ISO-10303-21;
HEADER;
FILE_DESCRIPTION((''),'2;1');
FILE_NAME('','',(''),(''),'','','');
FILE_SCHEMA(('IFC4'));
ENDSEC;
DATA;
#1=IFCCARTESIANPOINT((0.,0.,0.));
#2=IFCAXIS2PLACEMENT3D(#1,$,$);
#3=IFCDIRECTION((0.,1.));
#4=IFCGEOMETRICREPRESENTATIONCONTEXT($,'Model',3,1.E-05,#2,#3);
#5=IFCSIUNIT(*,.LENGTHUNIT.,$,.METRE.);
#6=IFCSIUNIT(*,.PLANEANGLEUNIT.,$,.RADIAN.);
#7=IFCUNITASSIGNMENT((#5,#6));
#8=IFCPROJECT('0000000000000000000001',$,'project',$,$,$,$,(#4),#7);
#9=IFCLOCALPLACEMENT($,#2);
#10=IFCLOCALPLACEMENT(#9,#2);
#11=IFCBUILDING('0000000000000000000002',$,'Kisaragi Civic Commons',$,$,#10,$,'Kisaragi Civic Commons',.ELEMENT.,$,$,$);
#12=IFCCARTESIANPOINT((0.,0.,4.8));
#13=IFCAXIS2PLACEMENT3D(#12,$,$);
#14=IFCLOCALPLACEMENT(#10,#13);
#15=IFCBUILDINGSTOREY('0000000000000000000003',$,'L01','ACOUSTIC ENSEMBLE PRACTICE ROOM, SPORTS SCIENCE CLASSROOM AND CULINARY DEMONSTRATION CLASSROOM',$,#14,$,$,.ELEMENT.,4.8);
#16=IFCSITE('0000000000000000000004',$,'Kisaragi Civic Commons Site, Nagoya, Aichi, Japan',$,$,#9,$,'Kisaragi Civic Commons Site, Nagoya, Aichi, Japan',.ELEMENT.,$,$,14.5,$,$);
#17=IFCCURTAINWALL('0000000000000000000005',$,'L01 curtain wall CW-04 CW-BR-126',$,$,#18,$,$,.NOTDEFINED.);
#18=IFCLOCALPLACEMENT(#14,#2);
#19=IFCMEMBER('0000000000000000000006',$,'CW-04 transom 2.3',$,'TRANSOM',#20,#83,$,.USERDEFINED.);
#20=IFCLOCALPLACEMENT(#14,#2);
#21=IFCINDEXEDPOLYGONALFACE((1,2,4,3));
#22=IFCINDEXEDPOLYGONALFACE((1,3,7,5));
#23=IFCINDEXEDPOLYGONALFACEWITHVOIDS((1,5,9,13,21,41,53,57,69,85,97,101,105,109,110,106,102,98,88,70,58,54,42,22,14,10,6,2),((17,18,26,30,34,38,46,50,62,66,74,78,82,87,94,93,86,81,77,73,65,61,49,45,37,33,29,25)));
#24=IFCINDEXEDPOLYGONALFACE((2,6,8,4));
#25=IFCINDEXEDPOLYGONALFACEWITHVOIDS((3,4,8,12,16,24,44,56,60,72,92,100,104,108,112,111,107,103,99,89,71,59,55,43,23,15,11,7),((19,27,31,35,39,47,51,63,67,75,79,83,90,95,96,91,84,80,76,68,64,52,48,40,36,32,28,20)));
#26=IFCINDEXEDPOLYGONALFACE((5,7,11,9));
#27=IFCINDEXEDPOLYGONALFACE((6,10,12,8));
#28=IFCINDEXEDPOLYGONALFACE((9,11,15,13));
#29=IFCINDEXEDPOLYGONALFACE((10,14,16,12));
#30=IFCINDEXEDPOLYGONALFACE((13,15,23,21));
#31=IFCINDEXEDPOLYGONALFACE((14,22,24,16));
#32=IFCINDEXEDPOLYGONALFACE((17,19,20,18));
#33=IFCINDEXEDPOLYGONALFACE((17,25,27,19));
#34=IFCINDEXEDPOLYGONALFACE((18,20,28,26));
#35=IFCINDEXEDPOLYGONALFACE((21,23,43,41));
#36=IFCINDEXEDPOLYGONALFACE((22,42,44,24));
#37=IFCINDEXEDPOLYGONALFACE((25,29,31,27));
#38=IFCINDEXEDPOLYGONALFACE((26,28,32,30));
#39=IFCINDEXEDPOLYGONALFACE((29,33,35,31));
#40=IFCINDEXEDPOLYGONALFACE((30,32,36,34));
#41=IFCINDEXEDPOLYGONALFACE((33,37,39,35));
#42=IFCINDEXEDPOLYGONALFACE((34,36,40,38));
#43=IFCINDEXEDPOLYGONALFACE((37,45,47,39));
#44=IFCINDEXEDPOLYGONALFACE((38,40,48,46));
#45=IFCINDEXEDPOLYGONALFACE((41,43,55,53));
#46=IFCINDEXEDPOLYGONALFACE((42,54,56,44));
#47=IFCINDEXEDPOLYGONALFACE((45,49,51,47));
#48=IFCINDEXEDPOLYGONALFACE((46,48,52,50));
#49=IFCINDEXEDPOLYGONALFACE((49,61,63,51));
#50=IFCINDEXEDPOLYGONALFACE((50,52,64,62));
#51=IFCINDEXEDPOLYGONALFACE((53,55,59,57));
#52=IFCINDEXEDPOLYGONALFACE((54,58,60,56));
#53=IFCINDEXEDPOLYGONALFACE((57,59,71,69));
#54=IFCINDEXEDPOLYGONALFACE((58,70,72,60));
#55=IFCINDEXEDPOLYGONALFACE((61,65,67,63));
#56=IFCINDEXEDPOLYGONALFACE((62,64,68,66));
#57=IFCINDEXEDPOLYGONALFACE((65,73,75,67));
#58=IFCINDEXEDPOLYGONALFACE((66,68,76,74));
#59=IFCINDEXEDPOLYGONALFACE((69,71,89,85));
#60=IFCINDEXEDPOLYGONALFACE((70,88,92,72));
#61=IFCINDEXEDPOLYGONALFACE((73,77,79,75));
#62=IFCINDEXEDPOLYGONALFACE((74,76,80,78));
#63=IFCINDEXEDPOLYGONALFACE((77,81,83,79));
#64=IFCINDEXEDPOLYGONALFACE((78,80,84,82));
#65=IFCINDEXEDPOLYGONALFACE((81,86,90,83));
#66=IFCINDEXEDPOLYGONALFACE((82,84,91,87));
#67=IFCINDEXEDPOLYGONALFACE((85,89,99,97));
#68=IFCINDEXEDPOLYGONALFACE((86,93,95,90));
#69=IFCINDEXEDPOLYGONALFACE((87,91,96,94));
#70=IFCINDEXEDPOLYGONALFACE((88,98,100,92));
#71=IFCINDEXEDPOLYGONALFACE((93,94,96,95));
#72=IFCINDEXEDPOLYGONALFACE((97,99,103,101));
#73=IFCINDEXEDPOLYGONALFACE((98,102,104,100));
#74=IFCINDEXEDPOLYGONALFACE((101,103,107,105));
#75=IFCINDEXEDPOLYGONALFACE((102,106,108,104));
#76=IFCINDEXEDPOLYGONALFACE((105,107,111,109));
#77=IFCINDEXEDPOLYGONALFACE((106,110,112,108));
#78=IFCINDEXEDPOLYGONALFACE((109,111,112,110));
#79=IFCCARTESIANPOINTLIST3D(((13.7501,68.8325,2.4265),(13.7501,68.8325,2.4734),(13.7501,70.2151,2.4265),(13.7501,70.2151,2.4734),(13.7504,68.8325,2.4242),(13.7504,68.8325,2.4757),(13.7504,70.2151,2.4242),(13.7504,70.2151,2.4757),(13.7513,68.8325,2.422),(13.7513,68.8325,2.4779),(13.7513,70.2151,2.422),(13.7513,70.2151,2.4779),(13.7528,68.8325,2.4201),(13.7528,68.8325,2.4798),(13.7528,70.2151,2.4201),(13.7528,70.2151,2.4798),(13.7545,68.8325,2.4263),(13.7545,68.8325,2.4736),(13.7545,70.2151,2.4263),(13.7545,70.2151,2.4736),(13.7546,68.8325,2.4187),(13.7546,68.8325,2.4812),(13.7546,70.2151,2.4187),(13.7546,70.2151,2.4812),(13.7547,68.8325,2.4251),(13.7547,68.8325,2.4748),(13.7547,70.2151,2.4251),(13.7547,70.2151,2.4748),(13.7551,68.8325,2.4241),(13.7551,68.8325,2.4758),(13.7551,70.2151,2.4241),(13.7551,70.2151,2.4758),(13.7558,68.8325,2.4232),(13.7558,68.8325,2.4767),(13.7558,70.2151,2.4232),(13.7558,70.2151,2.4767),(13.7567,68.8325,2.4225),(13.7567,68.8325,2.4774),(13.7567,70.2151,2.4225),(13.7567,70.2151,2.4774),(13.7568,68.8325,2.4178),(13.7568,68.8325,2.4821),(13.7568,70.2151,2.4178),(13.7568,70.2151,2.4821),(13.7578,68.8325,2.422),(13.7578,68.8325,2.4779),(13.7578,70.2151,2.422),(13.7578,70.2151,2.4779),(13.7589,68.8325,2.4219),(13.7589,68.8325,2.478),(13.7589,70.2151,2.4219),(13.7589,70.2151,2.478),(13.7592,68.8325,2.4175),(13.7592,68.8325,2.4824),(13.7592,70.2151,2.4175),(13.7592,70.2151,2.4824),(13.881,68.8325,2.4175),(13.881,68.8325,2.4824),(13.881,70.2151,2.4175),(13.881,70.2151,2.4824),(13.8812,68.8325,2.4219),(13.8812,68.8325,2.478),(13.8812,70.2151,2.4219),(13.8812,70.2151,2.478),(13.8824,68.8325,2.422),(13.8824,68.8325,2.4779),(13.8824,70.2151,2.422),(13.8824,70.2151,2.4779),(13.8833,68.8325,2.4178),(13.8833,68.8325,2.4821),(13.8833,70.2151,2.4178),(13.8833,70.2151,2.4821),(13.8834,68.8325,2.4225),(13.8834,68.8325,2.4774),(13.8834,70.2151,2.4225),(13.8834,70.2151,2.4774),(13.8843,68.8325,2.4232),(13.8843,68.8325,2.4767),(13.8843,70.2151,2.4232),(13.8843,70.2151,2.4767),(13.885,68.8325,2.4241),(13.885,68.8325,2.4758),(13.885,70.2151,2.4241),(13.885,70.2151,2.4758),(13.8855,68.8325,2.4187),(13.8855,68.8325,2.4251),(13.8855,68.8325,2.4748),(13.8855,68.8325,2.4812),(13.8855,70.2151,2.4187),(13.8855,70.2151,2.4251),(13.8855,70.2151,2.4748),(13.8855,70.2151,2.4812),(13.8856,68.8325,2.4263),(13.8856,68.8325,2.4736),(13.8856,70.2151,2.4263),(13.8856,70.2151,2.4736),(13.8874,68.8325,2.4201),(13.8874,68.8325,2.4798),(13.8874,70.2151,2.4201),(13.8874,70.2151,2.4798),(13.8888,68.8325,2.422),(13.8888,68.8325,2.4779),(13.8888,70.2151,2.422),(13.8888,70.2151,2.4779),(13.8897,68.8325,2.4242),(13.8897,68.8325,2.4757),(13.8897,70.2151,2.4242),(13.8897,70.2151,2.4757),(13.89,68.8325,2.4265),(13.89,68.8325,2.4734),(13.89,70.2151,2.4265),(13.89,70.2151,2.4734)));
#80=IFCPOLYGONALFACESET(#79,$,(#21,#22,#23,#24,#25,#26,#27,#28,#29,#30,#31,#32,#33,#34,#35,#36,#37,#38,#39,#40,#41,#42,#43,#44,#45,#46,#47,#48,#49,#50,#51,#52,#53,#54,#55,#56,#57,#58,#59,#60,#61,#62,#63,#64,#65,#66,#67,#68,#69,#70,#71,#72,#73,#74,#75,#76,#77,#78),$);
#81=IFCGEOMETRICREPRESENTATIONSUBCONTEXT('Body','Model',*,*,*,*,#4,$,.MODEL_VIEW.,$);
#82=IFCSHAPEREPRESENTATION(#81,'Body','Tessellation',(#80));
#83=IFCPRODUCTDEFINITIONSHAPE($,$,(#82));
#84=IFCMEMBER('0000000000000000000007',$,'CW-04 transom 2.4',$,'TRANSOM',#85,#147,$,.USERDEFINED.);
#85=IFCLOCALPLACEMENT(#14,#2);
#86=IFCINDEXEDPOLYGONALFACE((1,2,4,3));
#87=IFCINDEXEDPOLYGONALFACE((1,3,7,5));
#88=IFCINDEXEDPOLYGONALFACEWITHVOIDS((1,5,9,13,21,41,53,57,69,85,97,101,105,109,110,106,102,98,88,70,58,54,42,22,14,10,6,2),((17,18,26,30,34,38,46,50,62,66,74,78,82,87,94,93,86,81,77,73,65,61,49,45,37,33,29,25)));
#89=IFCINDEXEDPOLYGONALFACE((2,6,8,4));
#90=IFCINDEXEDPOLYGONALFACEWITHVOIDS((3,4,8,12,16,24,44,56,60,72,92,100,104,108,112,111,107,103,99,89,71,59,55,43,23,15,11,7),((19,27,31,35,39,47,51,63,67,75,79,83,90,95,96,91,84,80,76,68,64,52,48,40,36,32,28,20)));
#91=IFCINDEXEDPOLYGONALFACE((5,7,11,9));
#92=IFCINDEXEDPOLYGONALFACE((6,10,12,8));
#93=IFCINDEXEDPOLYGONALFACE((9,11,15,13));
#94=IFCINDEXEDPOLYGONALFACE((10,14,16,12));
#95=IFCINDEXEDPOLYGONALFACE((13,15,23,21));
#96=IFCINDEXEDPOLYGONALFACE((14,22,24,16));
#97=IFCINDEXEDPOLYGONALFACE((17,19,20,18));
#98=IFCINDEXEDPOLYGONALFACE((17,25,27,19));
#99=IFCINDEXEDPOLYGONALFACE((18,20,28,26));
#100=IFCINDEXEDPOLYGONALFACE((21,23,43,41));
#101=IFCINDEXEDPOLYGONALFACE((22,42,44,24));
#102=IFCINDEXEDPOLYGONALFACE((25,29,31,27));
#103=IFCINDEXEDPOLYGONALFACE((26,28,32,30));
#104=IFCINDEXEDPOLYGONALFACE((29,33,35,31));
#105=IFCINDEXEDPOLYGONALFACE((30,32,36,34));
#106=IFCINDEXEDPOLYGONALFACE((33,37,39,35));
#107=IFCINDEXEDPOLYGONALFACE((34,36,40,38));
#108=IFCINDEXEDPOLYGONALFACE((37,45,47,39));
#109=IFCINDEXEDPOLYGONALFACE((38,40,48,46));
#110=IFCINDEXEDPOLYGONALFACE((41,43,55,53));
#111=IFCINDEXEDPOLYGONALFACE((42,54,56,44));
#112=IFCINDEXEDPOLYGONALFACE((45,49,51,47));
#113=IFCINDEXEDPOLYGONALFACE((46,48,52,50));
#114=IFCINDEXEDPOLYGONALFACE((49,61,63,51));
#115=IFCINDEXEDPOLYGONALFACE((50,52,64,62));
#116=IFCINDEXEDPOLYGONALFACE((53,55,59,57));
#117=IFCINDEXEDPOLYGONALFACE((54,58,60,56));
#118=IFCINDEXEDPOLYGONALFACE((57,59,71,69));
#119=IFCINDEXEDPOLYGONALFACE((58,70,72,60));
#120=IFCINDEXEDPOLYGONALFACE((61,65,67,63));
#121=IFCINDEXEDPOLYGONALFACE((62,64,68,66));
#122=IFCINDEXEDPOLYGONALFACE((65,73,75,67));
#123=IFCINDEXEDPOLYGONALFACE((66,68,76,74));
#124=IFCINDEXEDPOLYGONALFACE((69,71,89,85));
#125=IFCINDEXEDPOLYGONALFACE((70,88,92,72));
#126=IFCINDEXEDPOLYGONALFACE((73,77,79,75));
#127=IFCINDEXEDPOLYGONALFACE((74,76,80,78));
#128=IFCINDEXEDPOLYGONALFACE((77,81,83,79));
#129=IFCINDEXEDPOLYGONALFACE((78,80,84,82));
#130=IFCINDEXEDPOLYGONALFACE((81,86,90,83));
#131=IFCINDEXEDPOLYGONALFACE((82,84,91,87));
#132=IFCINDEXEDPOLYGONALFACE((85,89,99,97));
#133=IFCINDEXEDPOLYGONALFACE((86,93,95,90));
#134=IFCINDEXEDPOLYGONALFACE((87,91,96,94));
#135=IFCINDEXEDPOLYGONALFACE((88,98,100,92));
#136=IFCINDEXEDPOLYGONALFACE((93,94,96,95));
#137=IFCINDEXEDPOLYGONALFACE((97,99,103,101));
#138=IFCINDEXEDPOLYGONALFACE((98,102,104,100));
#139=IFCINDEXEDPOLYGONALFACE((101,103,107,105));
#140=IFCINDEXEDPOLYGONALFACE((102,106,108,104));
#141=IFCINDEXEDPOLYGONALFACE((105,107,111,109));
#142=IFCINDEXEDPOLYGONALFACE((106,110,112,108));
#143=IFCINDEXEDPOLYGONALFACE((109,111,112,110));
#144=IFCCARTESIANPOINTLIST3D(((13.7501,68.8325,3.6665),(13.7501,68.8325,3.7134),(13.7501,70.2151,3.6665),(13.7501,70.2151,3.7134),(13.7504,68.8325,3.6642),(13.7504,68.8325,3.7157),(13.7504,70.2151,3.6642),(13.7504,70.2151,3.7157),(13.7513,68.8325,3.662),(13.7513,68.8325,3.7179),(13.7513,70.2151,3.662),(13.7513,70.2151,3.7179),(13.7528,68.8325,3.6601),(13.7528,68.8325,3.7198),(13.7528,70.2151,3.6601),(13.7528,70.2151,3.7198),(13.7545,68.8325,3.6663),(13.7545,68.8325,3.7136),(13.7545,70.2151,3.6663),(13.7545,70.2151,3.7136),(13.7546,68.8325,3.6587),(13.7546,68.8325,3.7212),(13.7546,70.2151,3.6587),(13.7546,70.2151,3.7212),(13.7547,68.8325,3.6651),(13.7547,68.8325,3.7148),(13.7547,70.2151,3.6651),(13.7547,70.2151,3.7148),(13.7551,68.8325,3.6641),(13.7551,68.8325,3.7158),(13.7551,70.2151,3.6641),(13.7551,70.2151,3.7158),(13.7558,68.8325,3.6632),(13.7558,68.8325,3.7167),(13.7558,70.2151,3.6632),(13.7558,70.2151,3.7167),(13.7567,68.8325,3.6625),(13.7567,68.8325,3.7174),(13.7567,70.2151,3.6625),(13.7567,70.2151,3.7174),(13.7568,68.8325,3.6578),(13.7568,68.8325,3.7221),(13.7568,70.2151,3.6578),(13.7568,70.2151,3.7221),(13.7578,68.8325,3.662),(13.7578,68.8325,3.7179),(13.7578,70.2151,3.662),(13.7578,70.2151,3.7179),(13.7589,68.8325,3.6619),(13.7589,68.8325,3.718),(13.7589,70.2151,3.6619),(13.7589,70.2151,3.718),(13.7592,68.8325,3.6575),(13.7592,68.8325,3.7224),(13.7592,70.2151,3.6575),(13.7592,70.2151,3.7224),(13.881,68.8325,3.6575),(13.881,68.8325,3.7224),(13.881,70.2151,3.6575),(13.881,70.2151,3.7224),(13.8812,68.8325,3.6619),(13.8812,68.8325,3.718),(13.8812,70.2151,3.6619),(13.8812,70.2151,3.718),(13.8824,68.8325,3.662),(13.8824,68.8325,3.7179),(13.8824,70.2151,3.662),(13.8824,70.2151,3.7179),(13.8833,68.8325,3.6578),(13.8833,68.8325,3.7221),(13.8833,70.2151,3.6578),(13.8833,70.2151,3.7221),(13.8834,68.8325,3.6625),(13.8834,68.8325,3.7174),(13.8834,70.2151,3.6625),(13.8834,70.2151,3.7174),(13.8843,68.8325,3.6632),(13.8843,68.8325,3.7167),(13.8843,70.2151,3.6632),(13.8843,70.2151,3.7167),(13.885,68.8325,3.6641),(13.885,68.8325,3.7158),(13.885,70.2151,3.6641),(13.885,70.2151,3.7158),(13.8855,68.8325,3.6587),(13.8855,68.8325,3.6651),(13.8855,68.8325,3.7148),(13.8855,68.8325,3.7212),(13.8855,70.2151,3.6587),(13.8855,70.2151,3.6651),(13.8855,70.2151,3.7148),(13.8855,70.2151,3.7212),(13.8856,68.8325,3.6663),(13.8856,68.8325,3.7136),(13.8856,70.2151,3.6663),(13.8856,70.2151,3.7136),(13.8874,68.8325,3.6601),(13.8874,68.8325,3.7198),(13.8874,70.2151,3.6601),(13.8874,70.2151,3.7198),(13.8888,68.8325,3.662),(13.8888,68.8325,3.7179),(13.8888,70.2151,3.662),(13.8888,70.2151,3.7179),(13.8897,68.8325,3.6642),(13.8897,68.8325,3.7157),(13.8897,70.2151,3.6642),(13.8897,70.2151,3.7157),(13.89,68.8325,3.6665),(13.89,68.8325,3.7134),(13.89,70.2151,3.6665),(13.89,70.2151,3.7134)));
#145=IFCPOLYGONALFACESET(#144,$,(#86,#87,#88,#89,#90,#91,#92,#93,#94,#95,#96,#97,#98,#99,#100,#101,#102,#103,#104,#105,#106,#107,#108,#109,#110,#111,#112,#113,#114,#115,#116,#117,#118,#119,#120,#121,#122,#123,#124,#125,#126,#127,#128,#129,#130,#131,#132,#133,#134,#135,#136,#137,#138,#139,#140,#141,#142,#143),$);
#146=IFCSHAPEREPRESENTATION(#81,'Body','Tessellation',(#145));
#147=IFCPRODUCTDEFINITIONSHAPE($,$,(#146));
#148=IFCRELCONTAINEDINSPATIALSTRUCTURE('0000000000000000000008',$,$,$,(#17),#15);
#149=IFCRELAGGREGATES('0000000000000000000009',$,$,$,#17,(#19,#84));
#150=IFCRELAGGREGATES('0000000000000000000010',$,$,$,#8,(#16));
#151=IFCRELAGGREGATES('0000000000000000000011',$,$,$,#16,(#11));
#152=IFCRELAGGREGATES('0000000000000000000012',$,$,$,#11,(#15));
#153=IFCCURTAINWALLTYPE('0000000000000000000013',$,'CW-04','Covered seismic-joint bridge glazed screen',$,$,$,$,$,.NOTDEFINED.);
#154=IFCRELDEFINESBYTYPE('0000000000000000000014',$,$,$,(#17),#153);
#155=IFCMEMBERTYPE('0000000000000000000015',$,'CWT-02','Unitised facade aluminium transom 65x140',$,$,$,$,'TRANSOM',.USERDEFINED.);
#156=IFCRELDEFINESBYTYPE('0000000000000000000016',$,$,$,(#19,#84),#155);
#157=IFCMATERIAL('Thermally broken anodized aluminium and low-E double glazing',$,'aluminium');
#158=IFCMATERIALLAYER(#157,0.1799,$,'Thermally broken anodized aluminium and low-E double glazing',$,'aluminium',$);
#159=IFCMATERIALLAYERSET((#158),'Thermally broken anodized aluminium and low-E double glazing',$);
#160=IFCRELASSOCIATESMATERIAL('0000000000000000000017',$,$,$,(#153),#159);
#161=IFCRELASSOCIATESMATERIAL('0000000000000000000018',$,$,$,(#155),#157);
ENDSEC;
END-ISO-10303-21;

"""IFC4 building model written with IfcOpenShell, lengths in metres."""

from ifc_helpers import new_model, si_unit, direction, frame, origin, origin_2d, place, context, subcontext, project, spatial, hollow_rectangle, extrude, material, layer, layer_set, material_profile, profile_set, type_object, element, aggregate, save


model = new_model("IFC4")

# Units and contexts
model_context = context("Model", 3, precision=1e-05, world=origin(), true_north=direction((0.0, 1.0)))
body_context = subcontext(model_context, "Body", "Model", "MODEL_VIEW")
ifc_project = project(units=[si_unit("LENGTHUNIT", "METRE"), si_unit("PLANEANGLEUNIT", "RADIAN")], contexts=[model_context])

# Site, building, storey
site_placement = place(None, origin())
site = spatial("IfcSite", under=ifc_project, at=site_placement, Name="Kisaragi Civic Commons Site, Nagoya, Aichi, Japan", LongName="Kisaragi Civic Commons Site, Nagoya, Aichi, Japan", CompositionType="ELEMENT", RefElevation=14.5)
building_placement = place(site_placement, origin())
building = spatial("IfcBuilding", under=site, at=building_placement, Name="Kisaragi Civic Commons", LongName="Kisaragi Civic Commons", CompositionType="ELEMENT")
storey_placement = place(building_placement, frame((0.0, 0.0, 4.8)))
storey = spatial("IfcBuildingStorey", under=building, at=storey_placement, Name="L01", Description="ACOUSTIC ENSEMBLE PRACTICE ROOM, SPORTS SCIENCE CLASSROOM AND CULINARY DEMONSTRATION CLASSROOM", CompositionType="ELEMENT", Elevation=4.8)

# Curtain wall
ifc_material_1 = material(Name="Thermally broken anodized aluminium and low-E double glazing", Category="aluminium")
ifc_layer_1 = layer(ifc_material_1, 0.1799, Name="Thermally broken anodized aluminium and low-E double glazing", Category="aluminium")
ifc_layer_set_1 = layer_set([ifc_layer_1], Name="Thermally broken anodized aluminium and low-E double glazing")
curtain_wall_type = type_object("IfcCurtainWallType", Name="CW-04", Description="Covered seismic-joint bridge glazed screen", PredefinedType="NOTDEFINED", material=ifc_layer_set_1)
curtain_wall_1_placement = place(storey_placement, origin())
curtain_wall_1 = element("IfcCurtainWall", 1, at=curtain_wall_1_placement, inside=storey, type_object=curtain_wall_type, Name="L01 curtain wall CW-04 CW-BR-126", PredefinedType="NOTDEFINED")

# Members
ifc_material_profile_1 = material_profile(ifc_material_1, hollow_rectangle(XDim=0.1399, YDim=0.0649, WallThickness=0.0044, InnerFilletRadius=0.0044, OuterFilletRadius=0.009, at=origin_2d()), Name="CWT-65x140x4.5", Category="aluminium")
ifc_profile_set_1 = profile_set([ifc_material_profile_1], Name="Thermally broken anodized aluminium and low-E double glazing")
member_type_1 = type_object("IfcMemberType", Name="CWT-02", Description="Unitised facade aluminium transom 65x140", ElementType="TRANSOM", PredefinedType="USERDEFINED", material=ifc_profile_set_1)
member_1_placement = place(storey_placement, frame((13.8201, 68.8325, 2.45), z_axis=(0.0, 1.0, 0.0), x_axis=(-1.0, 0.0, 0.0)))
member_1 = element("IfcMember", 2, at=member_1_placement, type_object=member_type_1, Name="CW-04 transom 2.3", ObjectType="TRANSOM", PredefinedType="USERDEFINED", context=body_context, shape_type="SweptSolid", body=[
    extrude(hollow_rectangle(XDim=0.1399, YDim=0.0649, WallThickness=0.0044, InnerFilletRadius=0.0044, OuterFilletRadius=0.009, at=origin_2d()), origin(), (0.0, 0.0, 1.0), 1.3826),
])
member_2_placement = place(storey_placement, frame((13.8201, 68.8325, 3.6899), z_axis=(0.0, 1.0, 0.0), x_axis=(-1.0, 0.0, 0.0)))
member_2 = element("IfcMember", 3, at=member_2_placement, type_object=member_type_1, Name="CW-04 transom 2.4", ObjectType="TRANSOM", PredefinedType="USERDEFINED", context=body_context, shape_type="SweptSolid", body=[
    extrude(hollow_rectangle(XDim=0.1399, YDim=0.0649, WallThickness=0.0044, InnerFilletRadius=0.0044, OuterFilletRadius=0.009, at=origin_2d()), origin(), (0.0, 0.0, 1.0), 1.3826),
])

aggregate(curtain_wall_1, [member_1, member_2])

save(model, "model.ifc")
